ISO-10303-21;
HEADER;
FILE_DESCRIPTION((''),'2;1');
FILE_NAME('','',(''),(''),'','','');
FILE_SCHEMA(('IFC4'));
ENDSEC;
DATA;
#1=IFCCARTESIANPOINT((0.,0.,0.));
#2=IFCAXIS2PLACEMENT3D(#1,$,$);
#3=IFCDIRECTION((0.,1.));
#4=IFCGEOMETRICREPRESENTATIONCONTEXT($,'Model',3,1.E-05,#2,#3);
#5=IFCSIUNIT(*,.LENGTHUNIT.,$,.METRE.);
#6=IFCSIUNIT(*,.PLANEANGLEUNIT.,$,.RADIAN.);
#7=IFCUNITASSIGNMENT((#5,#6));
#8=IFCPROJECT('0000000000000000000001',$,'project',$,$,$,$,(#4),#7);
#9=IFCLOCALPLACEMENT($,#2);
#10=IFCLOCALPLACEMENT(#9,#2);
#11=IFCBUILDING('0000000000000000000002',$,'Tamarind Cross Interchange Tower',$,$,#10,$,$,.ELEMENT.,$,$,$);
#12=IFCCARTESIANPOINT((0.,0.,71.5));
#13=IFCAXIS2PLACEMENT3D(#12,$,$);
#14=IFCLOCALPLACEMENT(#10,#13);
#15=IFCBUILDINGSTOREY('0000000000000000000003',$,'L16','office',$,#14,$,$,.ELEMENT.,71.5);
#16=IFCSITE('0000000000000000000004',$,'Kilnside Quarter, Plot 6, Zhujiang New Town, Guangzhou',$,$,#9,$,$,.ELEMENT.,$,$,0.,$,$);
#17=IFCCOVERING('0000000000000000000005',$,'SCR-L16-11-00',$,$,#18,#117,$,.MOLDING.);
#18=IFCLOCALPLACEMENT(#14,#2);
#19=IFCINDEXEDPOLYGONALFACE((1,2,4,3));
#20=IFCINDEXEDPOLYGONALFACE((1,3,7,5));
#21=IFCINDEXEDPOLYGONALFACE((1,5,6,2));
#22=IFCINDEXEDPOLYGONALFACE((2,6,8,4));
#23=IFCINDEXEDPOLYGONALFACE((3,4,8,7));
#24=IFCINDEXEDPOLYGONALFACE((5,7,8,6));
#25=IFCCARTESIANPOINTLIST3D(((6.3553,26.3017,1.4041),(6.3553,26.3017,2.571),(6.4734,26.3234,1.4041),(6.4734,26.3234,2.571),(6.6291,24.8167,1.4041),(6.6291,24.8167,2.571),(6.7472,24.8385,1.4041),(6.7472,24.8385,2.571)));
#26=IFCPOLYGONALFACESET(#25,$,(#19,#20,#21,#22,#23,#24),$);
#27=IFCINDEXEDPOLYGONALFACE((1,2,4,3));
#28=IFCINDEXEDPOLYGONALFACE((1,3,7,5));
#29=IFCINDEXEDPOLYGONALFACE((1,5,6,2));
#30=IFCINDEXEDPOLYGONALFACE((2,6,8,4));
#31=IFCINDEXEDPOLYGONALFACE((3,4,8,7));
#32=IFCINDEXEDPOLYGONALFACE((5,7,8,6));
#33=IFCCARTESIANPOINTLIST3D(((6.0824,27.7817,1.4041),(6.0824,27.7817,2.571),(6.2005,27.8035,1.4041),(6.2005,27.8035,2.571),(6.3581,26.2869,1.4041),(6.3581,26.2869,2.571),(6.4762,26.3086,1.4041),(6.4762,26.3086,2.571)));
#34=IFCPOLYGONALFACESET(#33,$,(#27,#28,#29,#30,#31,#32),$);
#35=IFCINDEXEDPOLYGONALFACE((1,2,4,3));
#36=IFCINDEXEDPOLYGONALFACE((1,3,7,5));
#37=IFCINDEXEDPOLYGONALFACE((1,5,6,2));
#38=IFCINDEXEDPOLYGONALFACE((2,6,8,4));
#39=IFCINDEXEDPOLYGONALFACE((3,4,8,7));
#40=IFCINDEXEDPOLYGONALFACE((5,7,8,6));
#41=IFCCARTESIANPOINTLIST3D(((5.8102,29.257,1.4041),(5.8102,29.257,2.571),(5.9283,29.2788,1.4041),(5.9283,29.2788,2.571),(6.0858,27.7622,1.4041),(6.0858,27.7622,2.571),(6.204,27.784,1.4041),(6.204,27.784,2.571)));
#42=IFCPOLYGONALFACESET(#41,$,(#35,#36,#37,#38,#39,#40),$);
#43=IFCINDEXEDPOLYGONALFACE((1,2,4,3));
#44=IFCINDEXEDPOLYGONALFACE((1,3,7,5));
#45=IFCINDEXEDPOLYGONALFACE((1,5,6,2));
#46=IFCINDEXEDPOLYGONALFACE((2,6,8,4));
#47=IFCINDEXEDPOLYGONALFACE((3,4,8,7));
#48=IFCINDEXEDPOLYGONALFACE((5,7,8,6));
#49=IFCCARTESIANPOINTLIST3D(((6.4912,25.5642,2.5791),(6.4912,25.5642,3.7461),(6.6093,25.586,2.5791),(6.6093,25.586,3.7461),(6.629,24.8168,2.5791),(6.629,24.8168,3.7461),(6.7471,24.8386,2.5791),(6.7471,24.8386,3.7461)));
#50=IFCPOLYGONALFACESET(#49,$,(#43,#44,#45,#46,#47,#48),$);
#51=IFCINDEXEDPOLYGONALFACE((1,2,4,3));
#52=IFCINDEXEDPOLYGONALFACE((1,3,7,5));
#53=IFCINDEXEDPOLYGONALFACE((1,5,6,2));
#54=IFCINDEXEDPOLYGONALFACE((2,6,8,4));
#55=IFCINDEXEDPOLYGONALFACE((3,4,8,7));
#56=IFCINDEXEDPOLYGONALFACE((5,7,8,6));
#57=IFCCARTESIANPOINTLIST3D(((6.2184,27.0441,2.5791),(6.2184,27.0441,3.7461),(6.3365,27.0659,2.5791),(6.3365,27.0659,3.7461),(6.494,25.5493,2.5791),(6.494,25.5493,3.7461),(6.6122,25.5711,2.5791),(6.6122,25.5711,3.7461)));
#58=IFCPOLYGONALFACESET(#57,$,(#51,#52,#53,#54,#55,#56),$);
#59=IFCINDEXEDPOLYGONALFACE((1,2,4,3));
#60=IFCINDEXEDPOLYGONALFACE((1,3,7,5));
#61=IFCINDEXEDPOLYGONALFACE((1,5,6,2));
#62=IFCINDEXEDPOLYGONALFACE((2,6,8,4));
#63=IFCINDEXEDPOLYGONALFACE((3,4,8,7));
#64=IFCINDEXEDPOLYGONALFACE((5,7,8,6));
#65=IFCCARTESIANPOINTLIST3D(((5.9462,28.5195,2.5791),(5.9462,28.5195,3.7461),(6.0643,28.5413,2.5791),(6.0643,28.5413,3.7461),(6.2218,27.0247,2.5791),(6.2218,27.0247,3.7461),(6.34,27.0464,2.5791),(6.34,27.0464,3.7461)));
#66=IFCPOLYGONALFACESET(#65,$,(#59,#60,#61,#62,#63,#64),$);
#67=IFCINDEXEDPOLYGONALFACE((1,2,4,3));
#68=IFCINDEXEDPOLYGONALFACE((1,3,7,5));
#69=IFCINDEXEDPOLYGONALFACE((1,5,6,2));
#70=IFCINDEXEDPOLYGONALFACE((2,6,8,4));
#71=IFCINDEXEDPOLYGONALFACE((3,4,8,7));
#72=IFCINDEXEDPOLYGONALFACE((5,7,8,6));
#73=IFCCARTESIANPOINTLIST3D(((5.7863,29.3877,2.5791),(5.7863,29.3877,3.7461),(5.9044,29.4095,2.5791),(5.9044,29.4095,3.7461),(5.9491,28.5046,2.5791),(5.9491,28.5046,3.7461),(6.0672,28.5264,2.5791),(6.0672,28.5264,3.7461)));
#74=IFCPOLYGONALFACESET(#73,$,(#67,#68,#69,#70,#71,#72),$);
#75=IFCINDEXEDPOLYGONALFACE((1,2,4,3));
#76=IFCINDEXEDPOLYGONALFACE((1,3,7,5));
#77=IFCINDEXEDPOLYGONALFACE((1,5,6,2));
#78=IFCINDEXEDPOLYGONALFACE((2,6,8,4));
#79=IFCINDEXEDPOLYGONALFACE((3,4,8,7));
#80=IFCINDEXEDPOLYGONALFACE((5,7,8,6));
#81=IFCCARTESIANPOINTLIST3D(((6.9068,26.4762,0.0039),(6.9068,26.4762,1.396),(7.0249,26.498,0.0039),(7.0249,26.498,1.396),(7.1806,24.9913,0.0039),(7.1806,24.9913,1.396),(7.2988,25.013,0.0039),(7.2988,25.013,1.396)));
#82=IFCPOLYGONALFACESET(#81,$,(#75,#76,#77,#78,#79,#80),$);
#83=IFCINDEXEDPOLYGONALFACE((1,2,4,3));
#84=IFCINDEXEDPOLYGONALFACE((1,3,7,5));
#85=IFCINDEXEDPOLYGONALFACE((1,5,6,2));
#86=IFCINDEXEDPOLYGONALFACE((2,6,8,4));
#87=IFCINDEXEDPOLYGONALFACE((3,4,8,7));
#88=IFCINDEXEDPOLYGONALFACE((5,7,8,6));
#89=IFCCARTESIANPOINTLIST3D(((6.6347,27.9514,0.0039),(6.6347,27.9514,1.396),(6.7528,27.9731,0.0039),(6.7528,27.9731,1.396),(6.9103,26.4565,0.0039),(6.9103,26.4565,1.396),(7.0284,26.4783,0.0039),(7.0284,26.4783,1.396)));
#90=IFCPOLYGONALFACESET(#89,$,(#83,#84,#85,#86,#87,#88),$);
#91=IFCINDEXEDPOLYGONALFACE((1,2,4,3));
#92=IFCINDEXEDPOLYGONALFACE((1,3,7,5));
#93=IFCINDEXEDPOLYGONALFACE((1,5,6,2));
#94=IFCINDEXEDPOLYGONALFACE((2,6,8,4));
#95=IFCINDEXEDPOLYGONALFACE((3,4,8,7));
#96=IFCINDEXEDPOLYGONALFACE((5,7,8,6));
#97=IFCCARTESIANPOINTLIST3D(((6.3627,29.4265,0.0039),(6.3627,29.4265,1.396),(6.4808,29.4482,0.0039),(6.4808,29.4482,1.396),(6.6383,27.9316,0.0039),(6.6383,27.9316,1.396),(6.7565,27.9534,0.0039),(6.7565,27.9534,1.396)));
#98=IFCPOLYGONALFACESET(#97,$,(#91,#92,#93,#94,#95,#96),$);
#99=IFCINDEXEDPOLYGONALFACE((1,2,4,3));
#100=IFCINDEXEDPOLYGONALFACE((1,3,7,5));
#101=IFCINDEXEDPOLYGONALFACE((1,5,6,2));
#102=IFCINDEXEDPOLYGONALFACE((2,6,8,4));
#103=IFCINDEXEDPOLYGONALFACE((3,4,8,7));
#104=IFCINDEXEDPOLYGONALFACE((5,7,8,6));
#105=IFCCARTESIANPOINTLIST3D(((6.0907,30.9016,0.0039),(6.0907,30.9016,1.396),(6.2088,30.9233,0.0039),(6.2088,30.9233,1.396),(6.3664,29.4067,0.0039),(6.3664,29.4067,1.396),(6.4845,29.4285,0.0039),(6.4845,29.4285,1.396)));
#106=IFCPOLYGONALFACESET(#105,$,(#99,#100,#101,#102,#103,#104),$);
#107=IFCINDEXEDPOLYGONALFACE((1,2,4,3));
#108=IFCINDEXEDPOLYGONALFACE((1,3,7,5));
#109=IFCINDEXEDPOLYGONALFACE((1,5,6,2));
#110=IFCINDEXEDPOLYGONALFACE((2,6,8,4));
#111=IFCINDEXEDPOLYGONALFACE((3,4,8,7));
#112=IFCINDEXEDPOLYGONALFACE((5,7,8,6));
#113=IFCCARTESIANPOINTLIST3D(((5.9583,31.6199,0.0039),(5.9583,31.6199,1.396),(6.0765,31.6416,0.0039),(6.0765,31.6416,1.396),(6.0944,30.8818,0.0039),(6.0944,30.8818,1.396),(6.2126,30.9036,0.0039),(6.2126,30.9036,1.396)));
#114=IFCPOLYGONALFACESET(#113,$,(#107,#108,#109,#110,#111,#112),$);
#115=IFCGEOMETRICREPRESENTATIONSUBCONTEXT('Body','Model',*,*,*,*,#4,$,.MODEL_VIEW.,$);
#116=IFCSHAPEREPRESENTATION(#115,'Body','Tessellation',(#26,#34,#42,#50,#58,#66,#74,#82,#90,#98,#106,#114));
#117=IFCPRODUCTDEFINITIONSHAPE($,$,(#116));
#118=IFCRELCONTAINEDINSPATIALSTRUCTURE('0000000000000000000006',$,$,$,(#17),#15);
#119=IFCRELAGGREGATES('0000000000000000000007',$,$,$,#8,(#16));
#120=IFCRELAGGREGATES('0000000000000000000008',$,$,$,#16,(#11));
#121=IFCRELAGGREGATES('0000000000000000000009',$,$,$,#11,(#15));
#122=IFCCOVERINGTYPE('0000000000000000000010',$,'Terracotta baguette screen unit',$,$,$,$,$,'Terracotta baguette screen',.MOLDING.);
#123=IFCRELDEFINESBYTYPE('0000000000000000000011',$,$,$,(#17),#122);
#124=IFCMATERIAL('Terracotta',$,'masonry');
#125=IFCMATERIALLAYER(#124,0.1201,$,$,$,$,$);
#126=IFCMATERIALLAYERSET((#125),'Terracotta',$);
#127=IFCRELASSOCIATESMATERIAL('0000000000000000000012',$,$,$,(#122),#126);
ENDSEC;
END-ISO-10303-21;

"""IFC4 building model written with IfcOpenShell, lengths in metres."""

from ifc_helpers import new_model, si_unit, direction, frame, origin, origin_2d, place, context, subcontext, project, spatial, rectangle, extrude, material, layer, layer_set, type_object, element, save


model = new_model("IFC4")

# Units and contexts
model_context = context("Model", 3, precision=1e-05, world=origin(), true_north=direction((0.0, 1.0)))
body_context = subcontext(model_context, "Body", "Model", "MODEL_VIEW")
ifc_project = project(units=[si_unit("LENGTHUNIT", "METRE"), si_unit("PLANEANGLEUNIT", "RADIAN")], contexts=[model_context])

# Site, building, storey
site_placement = place(None, origin())
site = spatial("IfcSite", under=ifc_project, at=site_placement, Name="Kilnside Quarter, Plot 6, Zhujiang New Town, Guangzhou", CompositionType="ELEMENT", RefElevation=0.0)
building_placement = place(site_placement, origin())
building = spatial("IfcBuilding", under=site, at=building_placement, Name="Tamarind Cross Interchange Tower", CompositionType="ELEMENT")
storey_placement = place(building_placement, frame((0.0, 0.0, 71.5)))
storey = spatial("IfcBuildingStorey", under=building, at=storey_placement, Name="L16", Description="office", CompositionType="ELEMENT", Elevation=71.5)

# Covering
ifc_material_1 = material(Name="Terracotta", Category="masonry")
ifc_layer_1 = layer(ifc_material_1, 0.1201)
ifc_layer_set_1 = layer_set([ifc_layer_1], Name="Terracotta")
covering_type = type_object("IfcCoveringType", Name="Terracotta baguette screen unit", ElementType="Terracotta baguette screen", PredefinedType="MOLDING", material=ifc_layer_set_1)
covering_1_placement = place(storey_placement, origin())
element("IfcCovering", 1, at=covering_1_placement, inside=storey, type_object=covering_type, Name="SCR-L16-11-00", PredefinedType="MOLDING", context=body_context, shape_type="SweptSolid", body=[
    extrude(rectangle(XDim=1.51, YDim=0.1201, at=origin_2d()), frame((6.5513, 25.5701, 1.4041), z_axis=(0.0, 0.0, 1.0), x_axis=(-0.181343, 0.98342, 0.0)), (0.0, 0.0, 1.0), 1.167),
    extrude(rectangle(XDim=1.52, YDim=0.1201, at=origin_2d()), frame((6.2793, 27.0452, 1.4041), z_axis=(0.0, 0.0, 1.0), x_axis=(-0.181343, 0.98342, 0.0)), (0.0, 0.0, 1.0), 1.167),
    extrude(rectangle(XDim=1.52, YDim=0.1201, at=origin_2d()), frame((6.0071, 28.5205, 1.4041), z_axis=(0.0, 0.0, 1.0), x_axis=(-0.181343, 0.98342, 0.0)), (0.0, 0.0, 1.0), 1.167),
    extrude(rectangle(XDim=0.76, YDim=0.1201, at=origin_2d()), frame((6.6191, 25.2014, 2.5791), z_axis=(0.0, 0.0, 1.0), x_axis=(-0.181343, 0.98342, 0.0)), (0.0, 0.0, 1.0), 1.167),
    extrude(rectangle(XDim=1.52, YDim=0.1201, at=origin_2d()), frame((6.4153, 26.3076, 2.5791), z_axis=(0.0, 0.0, 1.0), x_axis=(-0.181343, 0.98342, 0.0)), (0.0, 0.0, 1.0), 1.167),
    extrude(rectangle(XDim=1.52, YDim=0.1201, at=origin_2d()), frame((6.1431, 27.783, 2.5791), z_axis=(0.0, 0.0, 1.0), x_axis=(-0.181343, 0.98342, 0.0)), (0.0, 0.0, 1.0), 1.167),
    extrude(rectangle(XDim=0.8979, YDim=0.1201, at=origin_2d()), frame((5.9268, 28.957, 2.5791), z_axis=(0.0, 0.0, 1.0), x_axis=(-0.181343, 0.98342, 0.0)), (0.0, 0.0, 1.0), 1.167),
    extrude(rectangle(XDim=1.51, YDim=0.1201, at=origin_2d()), frame((7.1028, 25.7446, 0.0039), z_axis=(0.0, 0.0, 1.0), x_axis=(-0.181343, 0.98342, 0.0)), (0.0, 0.0, 1.0), 1.3921),
    extrude(rectangle(XDim=1.52, YDim=0.1201, at=origin_2d()), frame((6.8315, 27.2148, 0.0039), z_axis=(0.0, 0.0, 1.0), x_axis=(-0.181343, 0.98342, 0.0)), (0.0, 0.0, 1.0), 1.3921),
    extrude(rectangle(XDim=1.52, YDim=0.1201, at=origin_2d()), frame((6.5596, 28.6899, 0.0039), z_axis=(0.0, 0.0, 1.0), x_axis=(-0.181343, 0.98342, 0.0)), (0.0, 0.0, 1.0), 1.3921),
    extrude(rectangle(XDim=1.52, YDim=0.1201, at=origin_2d()), frame((6.2876, 30.165, 0.0039), z_axis=(0.0, 0.0, 1.0), x_axis=(-0.181343, 0.98342, 0.0)), (0.0, 0.0, 1.0), 1.3921),
    extrude(rectangle(XDim=0.7505, YDim=0.1201, at=origin_2d()), frame((6.0854, 31.2617, 0.0039), z_axis=(0.0, 0.0, 1.0), x_axis=(-0.181343, 0.98342, 0.0)), (0.0, 0.0, 1.0), 1.3921),
])

save(model, "model.ifc")
